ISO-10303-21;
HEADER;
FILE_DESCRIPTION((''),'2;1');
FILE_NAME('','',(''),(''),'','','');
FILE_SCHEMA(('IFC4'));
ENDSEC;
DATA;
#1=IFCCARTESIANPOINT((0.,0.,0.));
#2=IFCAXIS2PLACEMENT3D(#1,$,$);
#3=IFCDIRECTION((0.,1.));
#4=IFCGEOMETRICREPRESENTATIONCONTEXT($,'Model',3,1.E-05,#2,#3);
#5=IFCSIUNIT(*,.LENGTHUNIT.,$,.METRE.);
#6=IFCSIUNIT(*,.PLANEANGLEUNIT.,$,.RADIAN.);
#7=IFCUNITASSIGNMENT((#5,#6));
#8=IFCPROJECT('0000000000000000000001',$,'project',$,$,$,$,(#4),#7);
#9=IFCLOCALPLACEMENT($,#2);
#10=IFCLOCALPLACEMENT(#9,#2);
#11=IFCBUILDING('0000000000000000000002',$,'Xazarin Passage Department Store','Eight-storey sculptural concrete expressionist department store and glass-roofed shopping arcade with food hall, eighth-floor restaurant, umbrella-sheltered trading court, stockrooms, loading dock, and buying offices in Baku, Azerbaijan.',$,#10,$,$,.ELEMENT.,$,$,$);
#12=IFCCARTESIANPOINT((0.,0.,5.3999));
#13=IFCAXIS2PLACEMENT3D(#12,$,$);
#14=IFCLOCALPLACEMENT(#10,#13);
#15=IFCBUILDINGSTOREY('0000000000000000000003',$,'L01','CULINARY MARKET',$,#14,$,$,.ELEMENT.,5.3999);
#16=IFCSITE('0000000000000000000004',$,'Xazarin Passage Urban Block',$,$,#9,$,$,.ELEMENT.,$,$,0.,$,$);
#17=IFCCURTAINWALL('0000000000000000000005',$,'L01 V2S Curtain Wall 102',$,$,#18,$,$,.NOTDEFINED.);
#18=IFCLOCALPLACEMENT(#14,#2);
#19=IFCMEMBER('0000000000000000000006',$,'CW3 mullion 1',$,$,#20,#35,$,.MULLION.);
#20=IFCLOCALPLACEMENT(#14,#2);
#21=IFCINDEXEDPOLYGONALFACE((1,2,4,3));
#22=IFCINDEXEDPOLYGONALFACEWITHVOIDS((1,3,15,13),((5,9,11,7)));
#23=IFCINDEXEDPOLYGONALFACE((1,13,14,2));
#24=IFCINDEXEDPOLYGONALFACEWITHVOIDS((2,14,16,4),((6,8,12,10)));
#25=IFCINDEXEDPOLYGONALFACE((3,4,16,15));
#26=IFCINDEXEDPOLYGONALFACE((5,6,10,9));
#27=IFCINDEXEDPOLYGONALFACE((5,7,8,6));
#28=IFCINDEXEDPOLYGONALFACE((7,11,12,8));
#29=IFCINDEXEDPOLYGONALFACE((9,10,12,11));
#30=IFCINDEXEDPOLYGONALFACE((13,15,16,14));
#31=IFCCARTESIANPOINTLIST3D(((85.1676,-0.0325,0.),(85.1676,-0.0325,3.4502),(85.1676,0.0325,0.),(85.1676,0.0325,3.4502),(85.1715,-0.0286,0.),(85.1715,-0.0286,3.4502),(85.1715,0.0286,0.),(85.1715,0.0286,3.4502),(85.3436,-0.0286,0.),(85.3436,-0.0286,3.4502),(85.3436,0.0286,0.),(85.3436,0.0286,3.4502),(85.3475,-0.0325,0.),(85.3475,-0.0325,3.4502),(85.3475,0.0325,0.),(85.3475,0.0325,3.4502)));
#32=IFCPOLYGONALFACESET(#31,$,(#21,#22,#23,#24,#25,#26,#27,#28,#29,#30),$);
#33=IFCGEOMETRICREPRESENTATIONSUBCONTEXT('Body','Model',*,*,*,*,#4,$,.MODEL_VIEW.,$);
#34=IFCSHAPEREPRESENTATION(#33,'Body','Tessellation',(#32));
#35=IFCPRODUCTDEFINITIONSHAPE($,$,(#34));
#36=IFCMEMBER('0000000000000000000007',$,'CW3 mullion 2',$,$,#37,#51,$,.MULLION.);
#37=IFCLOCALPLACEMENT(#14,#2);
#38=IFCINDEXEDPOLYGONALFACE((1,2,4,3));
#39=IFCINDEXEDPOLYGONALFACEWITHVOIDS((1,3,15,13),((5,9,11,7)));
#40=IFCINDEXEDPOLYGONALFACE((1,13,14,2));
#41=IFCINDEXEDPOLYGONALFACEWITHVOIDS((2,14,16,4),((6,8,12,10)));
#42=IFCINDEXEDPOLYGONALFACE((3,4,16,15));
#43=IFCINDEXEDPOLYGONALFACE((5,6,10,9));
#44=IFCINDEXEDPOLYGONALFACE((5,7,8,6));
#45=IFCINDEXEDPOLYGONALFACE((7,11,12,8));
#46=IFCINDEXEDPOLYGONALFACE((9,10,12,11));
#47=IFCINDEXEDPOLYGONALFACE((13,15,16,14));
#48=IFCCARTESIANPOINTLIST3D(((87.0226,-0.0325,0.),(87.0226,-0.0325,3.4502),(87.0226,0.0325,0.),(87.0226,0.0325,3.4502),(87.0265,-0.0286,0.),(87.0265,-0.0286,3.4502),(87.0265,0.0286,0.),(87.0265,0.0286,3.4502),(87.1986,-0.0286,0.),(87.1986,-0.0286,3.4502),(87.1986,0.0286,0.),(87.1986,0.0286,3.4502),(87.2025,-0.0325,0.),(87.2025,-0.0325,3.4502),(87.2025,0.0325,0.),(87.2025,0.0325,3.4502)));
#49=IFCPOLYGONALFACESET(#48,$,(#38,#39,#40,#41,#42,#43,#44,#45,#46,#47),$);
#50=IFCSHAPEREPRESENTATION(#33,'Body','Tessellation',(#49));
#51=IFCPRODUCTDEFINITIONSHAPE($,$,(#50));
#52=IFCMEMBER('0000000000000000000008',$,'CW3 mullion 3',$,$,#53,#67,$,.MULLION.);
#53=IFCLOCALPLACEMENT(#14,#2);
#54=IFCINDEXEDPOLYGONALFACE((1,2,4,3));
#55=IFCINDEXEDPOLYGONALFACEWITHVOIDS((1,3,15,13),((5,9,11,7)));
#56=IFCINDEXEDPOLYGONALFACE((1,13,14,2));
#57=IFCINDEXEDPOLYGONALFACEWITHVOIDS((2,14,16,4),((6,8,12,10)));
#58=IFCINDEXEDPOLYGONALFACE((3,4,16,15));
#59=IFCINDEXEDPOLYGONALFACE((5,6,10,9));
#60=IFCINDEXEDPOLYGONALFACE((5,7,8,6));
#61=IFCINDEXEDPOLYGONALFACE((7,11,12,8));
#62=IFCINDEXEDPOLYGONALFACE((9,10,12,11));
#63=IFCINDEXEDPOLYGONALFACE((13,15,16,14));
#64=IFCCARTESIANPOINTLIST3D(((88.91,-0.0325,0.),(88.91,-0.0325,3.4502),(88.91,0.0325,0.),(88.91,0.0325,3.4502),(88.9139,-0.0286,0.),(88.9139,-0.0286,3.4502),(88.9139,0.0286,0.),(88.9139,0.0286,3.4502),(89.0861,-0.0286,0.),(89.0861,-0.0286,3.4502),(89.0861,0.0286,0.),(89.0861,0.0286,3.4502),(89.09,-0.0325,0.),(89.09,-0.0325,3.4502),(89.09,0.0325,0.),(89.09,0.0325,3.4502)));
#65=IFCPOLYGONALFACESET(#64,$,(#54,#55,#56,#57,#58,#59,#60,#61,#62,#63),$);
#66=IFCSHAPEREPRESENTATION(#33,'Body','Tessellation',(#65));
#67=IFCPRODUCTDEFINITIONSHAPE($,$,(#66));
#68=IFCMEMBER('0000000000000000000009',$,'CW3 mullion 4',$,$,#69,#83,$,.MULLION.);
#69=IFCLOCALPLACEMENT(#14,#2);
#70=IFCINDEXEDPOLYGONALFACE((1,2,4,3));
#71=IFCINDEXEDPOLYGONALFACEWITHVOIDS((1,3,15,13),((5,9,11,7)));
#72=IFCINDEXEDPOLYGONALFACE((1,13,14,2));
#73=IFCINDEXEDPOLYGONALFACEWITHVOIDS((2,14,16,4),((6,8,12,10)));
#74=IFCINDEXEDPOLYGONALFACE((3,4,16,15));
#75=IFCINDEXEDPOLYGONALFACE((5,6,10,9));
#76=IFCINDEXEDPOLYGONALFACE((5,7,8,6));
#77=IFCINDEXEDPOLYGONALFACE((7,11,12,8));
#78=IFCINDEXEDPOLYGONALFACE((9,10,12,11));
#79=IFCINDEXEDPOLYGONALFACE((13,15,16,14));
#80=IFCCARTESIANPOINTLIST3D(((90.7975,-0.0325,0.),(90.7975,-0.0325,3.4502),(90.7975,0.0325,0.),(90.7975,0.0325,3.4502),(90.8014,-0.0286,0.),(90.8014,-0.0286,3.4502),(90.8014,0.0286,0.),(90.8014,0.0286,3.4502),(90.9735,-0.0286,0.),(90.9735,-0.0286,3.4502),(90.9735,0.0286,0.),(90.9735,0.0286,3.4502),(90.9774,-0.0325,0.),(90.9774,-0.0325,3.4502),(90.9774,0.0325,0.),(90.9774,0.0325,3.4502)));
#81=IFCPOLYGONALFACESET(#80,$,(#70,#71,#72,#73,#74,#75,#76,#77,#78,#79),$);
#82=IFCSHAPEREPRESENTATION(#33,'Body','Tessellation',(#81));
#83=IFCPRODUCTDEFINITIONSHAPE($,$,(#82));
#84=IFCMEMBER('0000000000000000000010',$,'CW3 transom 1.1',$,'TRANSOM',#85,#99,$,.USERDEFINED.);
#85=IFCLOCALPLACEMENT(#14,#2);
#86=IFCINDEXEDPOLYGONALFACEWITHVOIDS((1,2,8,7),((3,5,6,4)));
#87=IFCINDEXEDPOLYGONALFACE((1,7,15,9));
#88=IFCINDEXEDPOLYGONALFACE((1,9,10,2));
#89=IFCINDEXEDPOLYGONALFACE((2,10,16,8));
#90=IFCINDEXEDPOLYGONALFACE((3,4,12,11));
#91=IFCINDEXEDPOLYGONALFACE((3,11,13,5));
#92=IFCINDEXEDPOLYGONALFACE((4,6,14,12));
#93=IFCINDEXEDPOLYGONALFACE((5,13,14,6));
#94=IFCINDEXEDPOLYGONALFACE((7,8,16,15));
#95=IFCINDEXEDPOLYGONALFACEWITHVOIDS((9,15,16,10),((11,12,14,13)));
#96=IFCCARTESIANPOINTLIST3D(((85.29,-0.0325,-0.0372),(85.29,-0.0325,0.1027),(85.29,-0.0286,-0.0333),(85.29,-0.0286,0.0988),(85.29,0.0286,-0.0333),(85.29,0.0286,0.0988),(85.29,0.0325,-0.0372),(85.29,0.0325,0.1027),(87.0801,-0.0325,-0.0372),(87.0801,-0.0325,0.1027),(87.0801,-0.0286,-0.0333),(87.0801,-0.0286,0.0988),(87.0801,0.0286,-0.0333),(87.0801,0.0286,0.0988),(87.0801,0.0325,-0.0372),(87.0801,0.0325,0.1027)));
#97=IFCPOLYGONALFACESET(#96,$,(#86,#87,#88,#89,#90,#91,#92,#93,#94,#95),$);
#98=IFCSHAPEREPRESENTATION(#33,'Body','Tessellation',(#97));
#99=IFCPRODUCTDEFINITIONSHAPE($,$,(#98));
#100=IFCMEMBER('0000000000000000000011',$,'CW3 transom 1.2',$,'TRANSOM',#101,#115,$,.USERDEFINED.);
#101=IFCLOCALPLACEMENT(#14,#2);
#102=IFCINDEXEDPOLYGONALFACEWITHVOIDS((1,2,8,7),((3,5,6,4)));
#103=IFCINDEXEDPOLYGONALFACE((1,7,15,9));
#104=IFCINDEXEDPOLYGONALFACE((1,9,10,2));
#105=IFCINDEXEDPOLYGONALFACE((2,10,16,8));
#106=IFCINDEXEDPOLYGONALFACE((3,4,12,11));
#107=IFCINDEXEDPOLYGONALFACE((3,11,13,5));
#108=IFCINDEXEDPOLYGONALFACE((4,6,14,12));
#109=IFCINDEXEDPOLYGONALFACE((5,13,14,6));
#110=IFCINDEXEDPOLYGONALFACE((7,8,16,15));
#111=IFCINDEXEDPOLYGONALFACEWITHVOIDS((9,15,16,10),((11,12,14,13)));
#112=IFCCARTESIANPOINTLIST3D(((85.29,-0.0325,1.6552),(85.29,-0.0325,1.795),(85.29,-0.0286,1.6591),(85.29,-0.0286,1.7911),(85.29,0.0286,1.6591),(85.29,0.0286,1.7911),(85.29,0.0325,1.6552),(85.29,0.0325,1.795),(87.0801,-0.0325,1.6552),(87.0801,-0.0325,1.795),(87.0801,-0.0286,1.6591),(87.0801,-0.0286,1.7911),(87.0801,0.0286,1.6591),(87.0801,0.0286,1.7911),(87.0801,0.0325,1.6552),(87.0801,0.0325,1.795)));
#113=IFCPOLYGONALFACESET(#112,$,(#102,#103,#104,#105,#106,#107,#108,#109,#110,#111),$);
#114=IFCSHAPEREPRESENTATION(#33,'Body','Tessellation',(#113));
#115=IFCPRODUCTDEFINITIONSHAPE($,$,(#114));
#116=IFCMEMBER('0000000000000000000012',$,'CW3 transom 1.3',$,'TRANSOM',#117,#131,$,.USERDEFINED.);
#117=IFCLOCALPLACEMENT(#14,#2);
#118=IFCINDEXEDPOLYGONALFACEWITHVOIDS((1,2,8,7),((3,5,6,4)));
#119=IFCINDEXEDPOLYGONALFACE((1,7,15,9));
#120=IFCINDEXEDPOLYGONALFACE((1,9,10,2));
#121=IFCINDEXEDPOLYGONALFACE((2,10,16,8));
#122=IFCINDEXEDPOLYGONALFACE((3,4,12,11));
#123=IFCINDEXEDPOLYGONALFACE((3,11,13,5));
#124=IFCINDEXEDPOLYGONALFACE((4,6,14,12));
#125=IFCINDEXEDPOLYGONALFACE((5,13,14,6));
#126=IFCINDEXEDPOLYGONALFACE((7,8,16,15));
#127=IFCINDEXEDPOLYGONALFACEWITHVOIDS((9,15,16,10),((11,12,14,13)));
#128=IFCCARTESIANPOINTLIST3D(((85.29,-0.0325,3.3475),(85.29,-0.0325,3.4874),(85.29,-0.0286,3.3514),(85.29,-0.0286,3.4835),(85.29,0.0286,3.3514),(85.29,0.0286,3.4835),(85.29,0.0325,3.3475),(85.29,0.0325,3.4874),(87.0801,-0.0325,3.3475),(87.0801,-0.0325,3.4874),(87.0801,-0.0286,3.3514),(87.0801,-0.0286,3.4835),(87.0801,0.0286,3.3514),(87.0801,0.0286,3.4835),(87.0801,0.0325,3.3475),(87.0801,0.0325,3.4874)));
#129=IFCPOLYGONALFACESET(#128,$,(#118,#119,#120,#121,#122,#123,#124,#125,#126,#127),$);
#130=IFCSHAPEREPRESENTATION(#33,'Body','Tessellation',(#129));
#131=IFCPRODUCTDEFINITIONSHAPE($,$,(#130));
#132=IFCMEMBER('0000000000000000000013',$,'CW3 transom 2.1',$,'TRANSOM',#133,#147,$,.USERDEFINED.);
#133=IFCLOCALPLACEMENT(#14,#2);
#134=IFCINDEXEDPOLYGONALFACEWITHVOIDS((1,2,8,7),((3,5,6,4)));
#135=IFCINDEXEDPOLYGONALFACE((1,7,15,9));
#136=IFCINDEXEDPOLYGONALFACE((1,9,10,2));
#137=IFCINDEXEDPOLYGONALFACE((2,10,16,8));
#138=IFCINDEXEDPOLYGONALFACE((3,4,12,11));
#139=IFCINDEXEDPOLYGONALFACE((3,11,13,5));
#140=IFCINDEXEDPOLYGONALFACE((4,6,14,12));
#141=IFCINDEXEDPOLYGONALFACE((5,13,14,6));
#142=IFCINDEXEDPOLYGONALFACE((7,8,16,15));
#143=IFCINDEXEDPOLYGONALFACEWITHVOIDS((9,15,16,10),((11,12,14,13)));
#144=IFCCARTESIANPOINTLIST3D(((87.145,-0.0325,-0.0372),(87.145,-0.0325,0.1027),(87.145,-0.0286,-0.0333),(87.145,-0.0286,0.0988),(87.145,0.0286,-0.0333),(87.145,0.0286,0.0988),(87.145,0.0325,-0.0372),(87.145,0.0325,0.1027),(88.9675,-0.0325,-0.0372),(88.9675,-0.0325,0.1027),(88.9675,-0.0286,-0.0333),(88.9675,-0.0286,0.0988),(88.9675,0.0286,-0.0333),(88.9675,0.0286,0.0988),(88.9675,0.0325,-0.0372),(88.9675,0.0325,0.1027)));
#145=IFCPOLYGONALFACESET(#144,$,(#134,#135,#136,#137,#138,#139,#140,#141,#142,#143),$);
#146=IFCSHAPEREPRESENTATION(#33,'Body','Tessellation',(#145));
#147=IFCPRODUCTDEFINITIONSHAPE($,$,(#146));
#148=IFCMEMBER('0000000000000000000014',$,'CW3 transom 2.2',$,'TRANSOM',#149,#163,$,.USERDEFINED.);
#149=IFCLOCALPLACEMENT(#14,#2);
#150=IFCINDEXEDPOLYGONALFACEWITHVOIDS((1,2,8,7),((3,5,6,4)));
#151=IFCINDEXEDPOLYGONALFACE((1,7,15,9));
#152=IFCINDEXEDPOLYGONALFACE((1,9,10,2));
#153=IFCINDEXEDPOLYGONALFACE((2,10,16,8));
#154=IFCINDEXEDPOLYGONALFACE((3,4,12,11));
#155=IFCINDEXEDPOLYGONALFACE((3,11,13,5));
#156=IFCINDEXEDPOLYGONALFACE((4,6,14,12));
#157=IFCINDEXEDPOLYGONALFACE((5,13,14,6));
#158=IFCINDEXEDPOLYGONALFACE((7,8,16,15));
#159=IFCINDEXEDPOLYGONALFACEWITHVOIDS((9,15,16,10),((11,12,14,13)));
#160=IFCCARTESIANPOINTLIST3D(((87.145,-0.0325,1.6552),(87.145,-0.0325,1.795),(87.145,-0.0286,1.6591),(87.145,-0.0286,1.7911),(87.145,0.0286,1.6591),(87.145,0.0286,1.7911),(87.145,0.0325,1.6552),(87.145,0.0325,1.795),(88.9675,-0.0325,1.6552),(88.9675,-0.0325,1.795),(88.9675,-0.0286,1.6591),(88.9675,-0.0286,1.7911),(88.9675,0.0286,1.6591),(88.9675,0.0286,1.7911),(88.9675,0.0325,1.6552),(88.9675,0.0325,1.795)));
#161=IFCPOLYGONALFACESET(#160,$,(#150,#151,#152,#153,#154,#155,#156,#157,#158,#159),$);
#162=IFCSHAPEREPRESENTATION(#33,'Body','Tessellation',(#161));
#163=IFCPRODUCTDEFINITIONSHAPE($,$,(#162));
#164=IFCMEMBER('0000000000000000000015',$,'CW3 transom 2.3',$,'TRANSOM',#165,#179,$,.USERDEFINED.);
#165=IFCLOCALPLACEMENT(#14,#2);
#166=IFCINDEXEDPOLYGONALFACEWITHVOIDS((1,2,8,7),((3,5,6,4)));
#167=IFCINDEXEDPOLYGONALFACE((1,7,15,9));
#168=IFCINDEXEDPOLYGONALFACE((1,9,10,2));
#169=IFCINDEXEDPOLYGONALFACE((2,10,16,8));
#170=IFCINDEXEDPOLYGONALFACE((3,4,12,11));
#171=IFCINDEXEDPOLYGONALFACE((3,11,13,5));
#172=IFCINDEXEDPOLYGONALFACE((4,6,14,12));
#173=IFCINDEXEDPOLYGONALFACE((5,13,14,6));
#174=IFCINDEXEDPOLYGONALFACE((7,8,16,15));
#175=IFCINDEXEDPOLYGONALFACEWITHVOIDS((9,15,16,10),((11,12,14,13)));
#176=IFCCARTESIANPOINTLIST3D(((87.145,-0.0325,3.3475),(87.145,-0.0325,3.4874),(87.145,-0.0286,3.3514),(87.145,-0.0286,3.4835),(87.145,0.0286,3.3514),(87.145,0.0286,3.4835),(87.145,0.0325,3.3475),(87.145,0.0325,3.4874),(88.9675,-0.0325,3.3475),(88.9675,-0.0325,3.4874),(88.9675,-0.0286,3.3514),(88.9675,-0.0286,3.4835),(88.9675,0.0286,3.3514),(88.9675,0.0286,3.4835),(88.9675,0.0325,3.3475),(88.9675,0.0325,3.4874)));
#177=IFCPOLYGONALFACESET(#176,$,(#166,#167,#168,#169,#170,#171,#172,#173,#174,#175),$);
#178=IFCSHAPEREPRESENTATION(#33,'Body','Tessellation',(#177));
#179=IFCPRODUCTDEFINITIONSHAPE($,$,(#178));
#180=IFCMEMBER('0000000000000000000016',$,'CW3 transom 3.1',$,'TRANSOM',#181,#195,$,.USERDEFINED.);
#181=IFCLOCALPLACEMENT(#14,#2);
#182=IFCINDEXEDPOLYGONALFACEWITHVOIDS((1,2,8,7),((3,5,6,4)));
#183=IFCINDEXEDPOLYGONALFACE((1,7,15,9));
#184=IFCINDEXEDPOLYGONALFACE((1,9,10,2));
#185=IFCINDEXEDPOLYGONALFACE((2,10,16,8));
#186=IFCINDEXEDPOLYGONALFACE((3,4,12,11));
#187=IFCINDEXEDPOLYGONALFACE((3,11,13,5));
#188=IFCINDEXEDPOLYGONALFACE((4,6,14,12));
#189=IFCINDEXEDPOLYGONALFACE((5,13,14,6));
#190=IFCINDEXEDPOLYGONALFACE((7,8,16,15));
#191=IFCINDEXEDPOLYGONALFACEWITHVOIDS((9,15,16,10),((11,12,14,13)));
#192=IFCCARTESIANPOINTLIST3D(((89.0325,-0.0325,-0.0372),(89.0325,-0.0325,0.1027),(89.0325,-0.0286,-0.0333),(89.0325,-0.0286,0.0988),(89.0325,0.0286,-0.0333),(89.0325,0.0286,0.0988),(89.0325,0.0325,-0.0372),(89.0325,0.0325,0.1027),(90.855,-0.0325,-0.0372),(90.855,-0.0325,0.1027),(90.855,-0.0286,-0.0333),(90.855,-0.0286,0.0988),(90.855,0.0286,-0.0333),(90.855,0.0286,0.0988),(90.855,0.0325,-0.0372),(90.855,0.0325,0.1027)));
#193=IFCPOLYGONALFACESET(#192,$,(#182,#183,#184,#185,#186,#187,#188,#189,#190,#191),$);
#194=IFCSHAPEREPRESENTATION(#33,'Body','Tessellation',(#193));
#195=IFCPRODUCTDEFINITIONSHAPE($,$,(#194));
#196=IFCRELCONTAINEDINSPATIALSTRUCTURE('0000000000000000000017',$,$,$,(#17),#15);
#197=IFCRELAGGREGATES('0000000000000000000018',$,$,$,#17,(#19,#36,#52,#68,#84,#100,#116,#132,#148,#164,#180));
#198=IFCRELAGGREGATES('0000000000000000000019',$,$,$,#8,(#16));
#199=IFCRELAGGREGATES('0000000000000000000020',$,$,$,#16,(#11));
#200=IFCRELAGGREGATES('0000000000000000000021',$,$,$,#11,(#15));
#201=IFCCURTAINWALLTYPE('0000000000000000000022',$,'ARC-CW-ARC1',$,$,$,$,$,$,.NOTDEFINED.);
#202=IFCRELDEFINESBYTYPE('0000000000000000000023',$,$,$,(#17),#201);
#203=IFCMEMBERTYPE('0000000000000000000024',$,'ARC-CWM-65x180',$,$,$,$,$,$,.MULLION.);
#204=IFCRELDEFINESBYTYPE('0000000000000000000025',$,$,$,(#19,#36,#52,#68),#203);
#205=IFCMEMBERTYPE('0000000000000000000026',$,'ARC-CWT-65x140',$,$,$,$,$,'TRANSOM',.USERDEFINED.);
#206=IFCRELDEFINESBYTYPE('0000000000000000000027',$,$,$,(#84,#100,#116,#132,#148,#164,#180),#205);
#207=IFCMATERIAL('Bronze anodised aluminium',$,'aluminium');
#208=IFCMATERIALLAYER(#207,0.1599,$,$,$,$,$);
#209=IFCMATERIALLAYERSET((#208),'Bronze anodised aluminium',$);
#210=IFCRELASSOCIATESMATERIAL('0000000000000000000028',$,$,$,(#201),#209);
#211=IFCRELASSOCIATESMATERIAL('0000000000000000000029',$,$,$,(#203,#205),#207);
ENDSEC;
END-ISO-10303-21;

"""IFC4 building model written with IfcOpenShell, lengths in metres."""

from ifc_helpers import new_model, si_unit, direction, frame, origin, origin_2d, place, context, subcontext, project, spatial, hollow_rectangle, extrude, material, layer, layer_set, material_profile, profile_set, type_object, element, aggregate, save


model = new_model("IFC4")

# Units and contexts
model_context = context("Model", 3, precision=1e-05, world=origin(), true_north=direction((0.0, 1.0)))
body_context = subcontext(model_context, "Body", "Model", "MODEL_VIEW")
ifc_project = project(units=[si_unit("LENGTHUNIT", "METRE"), si_unit("PLANEANGLEUNIT", "RADIAN")], contexts=[model_context])

# Site, building, storey
site_placement = place(None, origin())
site = spatial("IfcSite", under=ifc_project, at=site_placement, Name="Xazarin Passage Urban Block", CompositionType="ELEMENT", RefElevation=0.0)
building_placement = place(site_placement, origin())
building = spatial("IfcBuilding", under=site, at=building_placement, Name="Xazarin Passage Department Store", Description="Eight-storey sculptural concrete expressionist department store and glass-roofed shopping arcade with food hall, eighth-floor restaurant, umbrella-sheltered trading court, stockrooms, loading dock, and buying offices in Baku, Azerbaijan.", CompositionType="ELEMENT")
storey_placement = place(building_placement, frame((0.0, 0.0, 5.3999)))
storey = spatial("IfcBuildingStorey", under=building, at=storey_placement, Name="L01", Description="CULINARY MARKET", CompositionType="ELEMENT", Elevation=5.3999)

# Curtain wall, members
ifc_material_1 = material(Name="Bronze anodised aluminium", Category="aluminium")
ifc_layer_1 = layer(ifc_material_1, 0.1599)
ifc_layer_set_1 = layer_set([ifc_layer_1], Name="Bronze anodised aluminium")
curtain_wall_type = type_object("IfcCurtainWallType", Name="ARC-CW-ARC1", PredefinedType="NOTDEFINED", material=ifc_layer_set_1)
curtain_wall_placement = place(storey_placement, origin())
curtain_wall = element("IfcCurtainWall", 1, at=curtain_wall_placement, inside=storey, type_object=curtain_wall_type, Name="L01 V2S Curtain Wall 102", PredefinedType="NOTDEFINED")
ifc_material_profile_1 = material_profile(ifc_material_1, hollow_rectangle(XDim=0.0649, YDim=0.1799, WallThickness=0.0039, at=origin_2d()), Name="ALU 65x180")
ifc_profile_set_1 = profile_set([ifc_material_profile_1], Name="Bronze anodised aluminium")
member_type_1 = type_object("IfcMemberType", Name="ARC-CWM-65x180", PredefinedType="MULLION", material=ifc_profile_set_1)
member_1_placement = place(storey_placement, frame((85.2576, 0.0, 0.0), z_axis=(0.0, 0.0, 1.0), x_axis=(0.0, 1.0, 0.0)))
member_1 = element("IfcMember", 2, at=member_1_placement, type_object=member_type_1, Name="CW3 mullion 1", PredefinedType="MULLION", context=body_context, shape_type="SweptSolid", body=[
    extrude(hollow_rectangle(XDim=0.0649, YDim=0.1799, WallThickness=0.0039, at=origin_2d()), origin(), (0.0, 0.0, 1.0), 3.4502),
])
member_2_placement = place(storey_placement, frame((87.1125, 0.0, 0.0), z_axis=(0.0, 0.0, 1.0), x_axis=(0.0, 1.0, 0.0)))
member_2 = element("IfcMember", 3, at=member_2_placement, type_object=member_type_1, Name="CW3 mullion 2", PredefinedType="MULLION", context=body_context, shape_type="SweptSolid", body=[
    extrude(hollow_rectangle(XDim=0.0649, YDim=0.1799, WallThickness=0.0039, at=origin_2d()), origin(), (0.0, 0.0, 1.0), 3.4502),
])
member_3_placement = place(storey_placement, frame((89.0, 0.0, 0.0), z_axis=(0.0, 0.0, 1.0), x_axis=(0.0, 1.0, 0.0)))
member_3 = element("IfcMember", 4, at=member_3_placement, type_object=member_type_1, Name="CW3 mullion 3", PredefinedType="MULLION", context=body_context, shape_type="SweptSolid", body=[
    extrude(hollow_rectangle(XDim=0.0649, YDim=0.1799, WallThickness=0.0039, at=origin_2d()), origin(), (0.0, 0.0, 1.0), 3.4502),
])
member_4_placement = place(storey_placement, frame((90.8875, 0.0, 0.0), z_axis=(0.0, 0.0, 1.0), x_axis=(0.0, 1.0, 0.0)))
member_4 = element("IfcMember", 5, at=member_4_placement, type_object=member_type_1, Name="CW3 mullion 4", PredefinedType="MULLION", context=body_context, shape_type="SweptSolid", body=[
    extrude(hollow_rectangle(XDim=0.0649, YDim=0.1799, WallThickness=0.0039, at=origin_2d()), origin(), (0.0, 0.0, 1.0), 3.4502),
])
ifc_material_profile_2 = material_profile(ifc_material_1, hollow_rectangle(XDim=0.0649, YDim=0.1399, WallThickness=0.0039, at=origin_2d()), Name="ALU 65x140")
ifc_profile_set_2 = profile_set([ifc_material_profile_2], Name="Bronze anodised aluminium")
member_type_2 = type_object("IfcMemberType", Name="ARC-CWT-65x140", ElementType="TRANSOM", PredefinedType="USERDEFINED", material=ifc_profile_set_2)
member_5_placement = place(storey_placement, frame((85.29, 0.0, 0.0327), z_axis=(1.0, 0.0, 0.0), x_axis=(0.0, 1.0, 0.0)))
member_5 = element("IfcMember", 6, at=member_5_placement, type_object=member_type_2, Name="CW3 transom 1.1", ObjectType="TRANSOM", PredefinedType="USERDEFINED", context=body_context, shape_type="SweptSolid", body=[
    extrude(hollow_rectangle(XDim=0.0649, YDim=0.1399, WallThickness=0.0039, at=origin_2d()), origin(), (0.0, 0.0, 1.0), 1.79),
])
member_6_placement = place(storey_placement, frame((85.29, 0.0, 1.7251), z_axis=(1.0, 0.0, 0.0), x_axis=(0.0, 1.0, 0.0)))
member_6 = element("IfcMember", 7, at=member_6_placement, type_object=member_type_2, Name="CW3 transom 1.2", ObjectType="TRANSOM", PredefinedType="USERDEFINED", context=body_context, shape_type="SweptSolid", body=[
    extrude(hollow_rectangle(XDim=0.0649, YDim=0.1399, WallThickness=0.0039, at=origin_2d()), origin(), (0.0, 0.0, 1.0), 1.79),
])
member_7_placement = place(storey_placement, frame((85.29, 0.0, 3.4175), z_axis=(1.0, 0.0, 0.0), x_axis=(0.0, 1.0, 0.0)))
member_7 = element("IfcMember", 8, at=member_7_placement, type_object=member_type_2, Name="CW3 transom 1.3", ObjectType="TRANSOM", PredefinedType="USERDEFINED", context=body_context, shape_type="SweptSolid", body=[
    extrude(hollow_rectangle(XDim=0.0649, YDim=0.1399, WallThickness=0.0039, at=origin_2d()), origin(), (0.0, 0.0, 1.0), 1.79),
])
member_8_placement = place(storey_placement, frame((87.145, 0.0, 0.0327), z_axis=(1.0, 0.0, 0.0), x_axis=(0.0, 1.0, 0.0)))
member_8 = element("IfcMember", 9, at=member_8_placement, type_object=member_type_2, Name="CW3 transom 2.1", ObjectType="TRANSOM", PredefinedType="USERDEFINED", context=body_context, shape_type="SweptSolid", body=[
    extrude(hollow_rectangle(XDim=0.0649, YDim=0.1399, WallThickness=0.0039, at=origin_2d()), origin(), (0.0, 0.0, 1.0), 1.8225),
])
member_9_placement = place(storey_placement, frame((87.145, 0.0, 1.7251), z_axis=(1.0, 0.0, 0.0), x_axis=(0.0, 1.0, 0.0)))
member_9 = element("IfcMember", 10, at=member_9_placement, type_object=member_type_2, Name="CW3 transom 2.2", ObjectType="TRANSOM", PredefinedType="USERDEFINED", context=body_context, shape_type="SweptSolid", body=[
    extrude(hollow_rectangle(XDim=0.0649, YDim=0.1399, WallThickness=0.0039, at=origin_2d()), origin(), (0.0, 0.0, 1.0), 1.8225),
])
member_10_placement = place(storey_placement, frame((87.145, 0.0, 3.4175), z_axis=(1.0, 0.0, 0.0), x_axis=(0.0, 1.0, 0.0)))
member_10 = element("IfcMember", 11, at=member_10_placement, type_object=member_type_2, Name="CW3 transom 2.3", ObjectType="TRANSOM", PredefinedType="USERDEFINED", context=body_context, shape_type="SweptSolid", body=[
    extrude(hollow_rectangle(XDim=0.0649, YDim=0.1399, WallThickness=0.0039, at=origin_2d()), origin(), (0.0, 0.0, 1.0), 1.8225),
])
member_11_placement = place(storey_placement, frame((89.0325, 0.0, 0.0327), z_axis=(1.0, 0.0, 0.0), x_axis=(0.0, 1.0, 0.0)))
member_11 = element("IfcMember", 12, at=member_11_placement, type_object=member_type_2, Name="CW3 transom 3.1", ObjectType="TRANSOM", PredefinedType="USERDEFINED", context=body_context, shape_type="SweptSolid", body=[
    extrude(hollow_rectangle(XDim=0.0649, YDim=0.1399, WallThickness=0.0039, at=origin_2d()), origin(), (0.0, 0.0, 1.0), 1.8225),
])
aggregate(curtain_wall, [member_1, member_2, member_3, member_4, member_5, member_6, member_7, member_8, member_9, member_10, member_11])

save(model, "model.ifc")
